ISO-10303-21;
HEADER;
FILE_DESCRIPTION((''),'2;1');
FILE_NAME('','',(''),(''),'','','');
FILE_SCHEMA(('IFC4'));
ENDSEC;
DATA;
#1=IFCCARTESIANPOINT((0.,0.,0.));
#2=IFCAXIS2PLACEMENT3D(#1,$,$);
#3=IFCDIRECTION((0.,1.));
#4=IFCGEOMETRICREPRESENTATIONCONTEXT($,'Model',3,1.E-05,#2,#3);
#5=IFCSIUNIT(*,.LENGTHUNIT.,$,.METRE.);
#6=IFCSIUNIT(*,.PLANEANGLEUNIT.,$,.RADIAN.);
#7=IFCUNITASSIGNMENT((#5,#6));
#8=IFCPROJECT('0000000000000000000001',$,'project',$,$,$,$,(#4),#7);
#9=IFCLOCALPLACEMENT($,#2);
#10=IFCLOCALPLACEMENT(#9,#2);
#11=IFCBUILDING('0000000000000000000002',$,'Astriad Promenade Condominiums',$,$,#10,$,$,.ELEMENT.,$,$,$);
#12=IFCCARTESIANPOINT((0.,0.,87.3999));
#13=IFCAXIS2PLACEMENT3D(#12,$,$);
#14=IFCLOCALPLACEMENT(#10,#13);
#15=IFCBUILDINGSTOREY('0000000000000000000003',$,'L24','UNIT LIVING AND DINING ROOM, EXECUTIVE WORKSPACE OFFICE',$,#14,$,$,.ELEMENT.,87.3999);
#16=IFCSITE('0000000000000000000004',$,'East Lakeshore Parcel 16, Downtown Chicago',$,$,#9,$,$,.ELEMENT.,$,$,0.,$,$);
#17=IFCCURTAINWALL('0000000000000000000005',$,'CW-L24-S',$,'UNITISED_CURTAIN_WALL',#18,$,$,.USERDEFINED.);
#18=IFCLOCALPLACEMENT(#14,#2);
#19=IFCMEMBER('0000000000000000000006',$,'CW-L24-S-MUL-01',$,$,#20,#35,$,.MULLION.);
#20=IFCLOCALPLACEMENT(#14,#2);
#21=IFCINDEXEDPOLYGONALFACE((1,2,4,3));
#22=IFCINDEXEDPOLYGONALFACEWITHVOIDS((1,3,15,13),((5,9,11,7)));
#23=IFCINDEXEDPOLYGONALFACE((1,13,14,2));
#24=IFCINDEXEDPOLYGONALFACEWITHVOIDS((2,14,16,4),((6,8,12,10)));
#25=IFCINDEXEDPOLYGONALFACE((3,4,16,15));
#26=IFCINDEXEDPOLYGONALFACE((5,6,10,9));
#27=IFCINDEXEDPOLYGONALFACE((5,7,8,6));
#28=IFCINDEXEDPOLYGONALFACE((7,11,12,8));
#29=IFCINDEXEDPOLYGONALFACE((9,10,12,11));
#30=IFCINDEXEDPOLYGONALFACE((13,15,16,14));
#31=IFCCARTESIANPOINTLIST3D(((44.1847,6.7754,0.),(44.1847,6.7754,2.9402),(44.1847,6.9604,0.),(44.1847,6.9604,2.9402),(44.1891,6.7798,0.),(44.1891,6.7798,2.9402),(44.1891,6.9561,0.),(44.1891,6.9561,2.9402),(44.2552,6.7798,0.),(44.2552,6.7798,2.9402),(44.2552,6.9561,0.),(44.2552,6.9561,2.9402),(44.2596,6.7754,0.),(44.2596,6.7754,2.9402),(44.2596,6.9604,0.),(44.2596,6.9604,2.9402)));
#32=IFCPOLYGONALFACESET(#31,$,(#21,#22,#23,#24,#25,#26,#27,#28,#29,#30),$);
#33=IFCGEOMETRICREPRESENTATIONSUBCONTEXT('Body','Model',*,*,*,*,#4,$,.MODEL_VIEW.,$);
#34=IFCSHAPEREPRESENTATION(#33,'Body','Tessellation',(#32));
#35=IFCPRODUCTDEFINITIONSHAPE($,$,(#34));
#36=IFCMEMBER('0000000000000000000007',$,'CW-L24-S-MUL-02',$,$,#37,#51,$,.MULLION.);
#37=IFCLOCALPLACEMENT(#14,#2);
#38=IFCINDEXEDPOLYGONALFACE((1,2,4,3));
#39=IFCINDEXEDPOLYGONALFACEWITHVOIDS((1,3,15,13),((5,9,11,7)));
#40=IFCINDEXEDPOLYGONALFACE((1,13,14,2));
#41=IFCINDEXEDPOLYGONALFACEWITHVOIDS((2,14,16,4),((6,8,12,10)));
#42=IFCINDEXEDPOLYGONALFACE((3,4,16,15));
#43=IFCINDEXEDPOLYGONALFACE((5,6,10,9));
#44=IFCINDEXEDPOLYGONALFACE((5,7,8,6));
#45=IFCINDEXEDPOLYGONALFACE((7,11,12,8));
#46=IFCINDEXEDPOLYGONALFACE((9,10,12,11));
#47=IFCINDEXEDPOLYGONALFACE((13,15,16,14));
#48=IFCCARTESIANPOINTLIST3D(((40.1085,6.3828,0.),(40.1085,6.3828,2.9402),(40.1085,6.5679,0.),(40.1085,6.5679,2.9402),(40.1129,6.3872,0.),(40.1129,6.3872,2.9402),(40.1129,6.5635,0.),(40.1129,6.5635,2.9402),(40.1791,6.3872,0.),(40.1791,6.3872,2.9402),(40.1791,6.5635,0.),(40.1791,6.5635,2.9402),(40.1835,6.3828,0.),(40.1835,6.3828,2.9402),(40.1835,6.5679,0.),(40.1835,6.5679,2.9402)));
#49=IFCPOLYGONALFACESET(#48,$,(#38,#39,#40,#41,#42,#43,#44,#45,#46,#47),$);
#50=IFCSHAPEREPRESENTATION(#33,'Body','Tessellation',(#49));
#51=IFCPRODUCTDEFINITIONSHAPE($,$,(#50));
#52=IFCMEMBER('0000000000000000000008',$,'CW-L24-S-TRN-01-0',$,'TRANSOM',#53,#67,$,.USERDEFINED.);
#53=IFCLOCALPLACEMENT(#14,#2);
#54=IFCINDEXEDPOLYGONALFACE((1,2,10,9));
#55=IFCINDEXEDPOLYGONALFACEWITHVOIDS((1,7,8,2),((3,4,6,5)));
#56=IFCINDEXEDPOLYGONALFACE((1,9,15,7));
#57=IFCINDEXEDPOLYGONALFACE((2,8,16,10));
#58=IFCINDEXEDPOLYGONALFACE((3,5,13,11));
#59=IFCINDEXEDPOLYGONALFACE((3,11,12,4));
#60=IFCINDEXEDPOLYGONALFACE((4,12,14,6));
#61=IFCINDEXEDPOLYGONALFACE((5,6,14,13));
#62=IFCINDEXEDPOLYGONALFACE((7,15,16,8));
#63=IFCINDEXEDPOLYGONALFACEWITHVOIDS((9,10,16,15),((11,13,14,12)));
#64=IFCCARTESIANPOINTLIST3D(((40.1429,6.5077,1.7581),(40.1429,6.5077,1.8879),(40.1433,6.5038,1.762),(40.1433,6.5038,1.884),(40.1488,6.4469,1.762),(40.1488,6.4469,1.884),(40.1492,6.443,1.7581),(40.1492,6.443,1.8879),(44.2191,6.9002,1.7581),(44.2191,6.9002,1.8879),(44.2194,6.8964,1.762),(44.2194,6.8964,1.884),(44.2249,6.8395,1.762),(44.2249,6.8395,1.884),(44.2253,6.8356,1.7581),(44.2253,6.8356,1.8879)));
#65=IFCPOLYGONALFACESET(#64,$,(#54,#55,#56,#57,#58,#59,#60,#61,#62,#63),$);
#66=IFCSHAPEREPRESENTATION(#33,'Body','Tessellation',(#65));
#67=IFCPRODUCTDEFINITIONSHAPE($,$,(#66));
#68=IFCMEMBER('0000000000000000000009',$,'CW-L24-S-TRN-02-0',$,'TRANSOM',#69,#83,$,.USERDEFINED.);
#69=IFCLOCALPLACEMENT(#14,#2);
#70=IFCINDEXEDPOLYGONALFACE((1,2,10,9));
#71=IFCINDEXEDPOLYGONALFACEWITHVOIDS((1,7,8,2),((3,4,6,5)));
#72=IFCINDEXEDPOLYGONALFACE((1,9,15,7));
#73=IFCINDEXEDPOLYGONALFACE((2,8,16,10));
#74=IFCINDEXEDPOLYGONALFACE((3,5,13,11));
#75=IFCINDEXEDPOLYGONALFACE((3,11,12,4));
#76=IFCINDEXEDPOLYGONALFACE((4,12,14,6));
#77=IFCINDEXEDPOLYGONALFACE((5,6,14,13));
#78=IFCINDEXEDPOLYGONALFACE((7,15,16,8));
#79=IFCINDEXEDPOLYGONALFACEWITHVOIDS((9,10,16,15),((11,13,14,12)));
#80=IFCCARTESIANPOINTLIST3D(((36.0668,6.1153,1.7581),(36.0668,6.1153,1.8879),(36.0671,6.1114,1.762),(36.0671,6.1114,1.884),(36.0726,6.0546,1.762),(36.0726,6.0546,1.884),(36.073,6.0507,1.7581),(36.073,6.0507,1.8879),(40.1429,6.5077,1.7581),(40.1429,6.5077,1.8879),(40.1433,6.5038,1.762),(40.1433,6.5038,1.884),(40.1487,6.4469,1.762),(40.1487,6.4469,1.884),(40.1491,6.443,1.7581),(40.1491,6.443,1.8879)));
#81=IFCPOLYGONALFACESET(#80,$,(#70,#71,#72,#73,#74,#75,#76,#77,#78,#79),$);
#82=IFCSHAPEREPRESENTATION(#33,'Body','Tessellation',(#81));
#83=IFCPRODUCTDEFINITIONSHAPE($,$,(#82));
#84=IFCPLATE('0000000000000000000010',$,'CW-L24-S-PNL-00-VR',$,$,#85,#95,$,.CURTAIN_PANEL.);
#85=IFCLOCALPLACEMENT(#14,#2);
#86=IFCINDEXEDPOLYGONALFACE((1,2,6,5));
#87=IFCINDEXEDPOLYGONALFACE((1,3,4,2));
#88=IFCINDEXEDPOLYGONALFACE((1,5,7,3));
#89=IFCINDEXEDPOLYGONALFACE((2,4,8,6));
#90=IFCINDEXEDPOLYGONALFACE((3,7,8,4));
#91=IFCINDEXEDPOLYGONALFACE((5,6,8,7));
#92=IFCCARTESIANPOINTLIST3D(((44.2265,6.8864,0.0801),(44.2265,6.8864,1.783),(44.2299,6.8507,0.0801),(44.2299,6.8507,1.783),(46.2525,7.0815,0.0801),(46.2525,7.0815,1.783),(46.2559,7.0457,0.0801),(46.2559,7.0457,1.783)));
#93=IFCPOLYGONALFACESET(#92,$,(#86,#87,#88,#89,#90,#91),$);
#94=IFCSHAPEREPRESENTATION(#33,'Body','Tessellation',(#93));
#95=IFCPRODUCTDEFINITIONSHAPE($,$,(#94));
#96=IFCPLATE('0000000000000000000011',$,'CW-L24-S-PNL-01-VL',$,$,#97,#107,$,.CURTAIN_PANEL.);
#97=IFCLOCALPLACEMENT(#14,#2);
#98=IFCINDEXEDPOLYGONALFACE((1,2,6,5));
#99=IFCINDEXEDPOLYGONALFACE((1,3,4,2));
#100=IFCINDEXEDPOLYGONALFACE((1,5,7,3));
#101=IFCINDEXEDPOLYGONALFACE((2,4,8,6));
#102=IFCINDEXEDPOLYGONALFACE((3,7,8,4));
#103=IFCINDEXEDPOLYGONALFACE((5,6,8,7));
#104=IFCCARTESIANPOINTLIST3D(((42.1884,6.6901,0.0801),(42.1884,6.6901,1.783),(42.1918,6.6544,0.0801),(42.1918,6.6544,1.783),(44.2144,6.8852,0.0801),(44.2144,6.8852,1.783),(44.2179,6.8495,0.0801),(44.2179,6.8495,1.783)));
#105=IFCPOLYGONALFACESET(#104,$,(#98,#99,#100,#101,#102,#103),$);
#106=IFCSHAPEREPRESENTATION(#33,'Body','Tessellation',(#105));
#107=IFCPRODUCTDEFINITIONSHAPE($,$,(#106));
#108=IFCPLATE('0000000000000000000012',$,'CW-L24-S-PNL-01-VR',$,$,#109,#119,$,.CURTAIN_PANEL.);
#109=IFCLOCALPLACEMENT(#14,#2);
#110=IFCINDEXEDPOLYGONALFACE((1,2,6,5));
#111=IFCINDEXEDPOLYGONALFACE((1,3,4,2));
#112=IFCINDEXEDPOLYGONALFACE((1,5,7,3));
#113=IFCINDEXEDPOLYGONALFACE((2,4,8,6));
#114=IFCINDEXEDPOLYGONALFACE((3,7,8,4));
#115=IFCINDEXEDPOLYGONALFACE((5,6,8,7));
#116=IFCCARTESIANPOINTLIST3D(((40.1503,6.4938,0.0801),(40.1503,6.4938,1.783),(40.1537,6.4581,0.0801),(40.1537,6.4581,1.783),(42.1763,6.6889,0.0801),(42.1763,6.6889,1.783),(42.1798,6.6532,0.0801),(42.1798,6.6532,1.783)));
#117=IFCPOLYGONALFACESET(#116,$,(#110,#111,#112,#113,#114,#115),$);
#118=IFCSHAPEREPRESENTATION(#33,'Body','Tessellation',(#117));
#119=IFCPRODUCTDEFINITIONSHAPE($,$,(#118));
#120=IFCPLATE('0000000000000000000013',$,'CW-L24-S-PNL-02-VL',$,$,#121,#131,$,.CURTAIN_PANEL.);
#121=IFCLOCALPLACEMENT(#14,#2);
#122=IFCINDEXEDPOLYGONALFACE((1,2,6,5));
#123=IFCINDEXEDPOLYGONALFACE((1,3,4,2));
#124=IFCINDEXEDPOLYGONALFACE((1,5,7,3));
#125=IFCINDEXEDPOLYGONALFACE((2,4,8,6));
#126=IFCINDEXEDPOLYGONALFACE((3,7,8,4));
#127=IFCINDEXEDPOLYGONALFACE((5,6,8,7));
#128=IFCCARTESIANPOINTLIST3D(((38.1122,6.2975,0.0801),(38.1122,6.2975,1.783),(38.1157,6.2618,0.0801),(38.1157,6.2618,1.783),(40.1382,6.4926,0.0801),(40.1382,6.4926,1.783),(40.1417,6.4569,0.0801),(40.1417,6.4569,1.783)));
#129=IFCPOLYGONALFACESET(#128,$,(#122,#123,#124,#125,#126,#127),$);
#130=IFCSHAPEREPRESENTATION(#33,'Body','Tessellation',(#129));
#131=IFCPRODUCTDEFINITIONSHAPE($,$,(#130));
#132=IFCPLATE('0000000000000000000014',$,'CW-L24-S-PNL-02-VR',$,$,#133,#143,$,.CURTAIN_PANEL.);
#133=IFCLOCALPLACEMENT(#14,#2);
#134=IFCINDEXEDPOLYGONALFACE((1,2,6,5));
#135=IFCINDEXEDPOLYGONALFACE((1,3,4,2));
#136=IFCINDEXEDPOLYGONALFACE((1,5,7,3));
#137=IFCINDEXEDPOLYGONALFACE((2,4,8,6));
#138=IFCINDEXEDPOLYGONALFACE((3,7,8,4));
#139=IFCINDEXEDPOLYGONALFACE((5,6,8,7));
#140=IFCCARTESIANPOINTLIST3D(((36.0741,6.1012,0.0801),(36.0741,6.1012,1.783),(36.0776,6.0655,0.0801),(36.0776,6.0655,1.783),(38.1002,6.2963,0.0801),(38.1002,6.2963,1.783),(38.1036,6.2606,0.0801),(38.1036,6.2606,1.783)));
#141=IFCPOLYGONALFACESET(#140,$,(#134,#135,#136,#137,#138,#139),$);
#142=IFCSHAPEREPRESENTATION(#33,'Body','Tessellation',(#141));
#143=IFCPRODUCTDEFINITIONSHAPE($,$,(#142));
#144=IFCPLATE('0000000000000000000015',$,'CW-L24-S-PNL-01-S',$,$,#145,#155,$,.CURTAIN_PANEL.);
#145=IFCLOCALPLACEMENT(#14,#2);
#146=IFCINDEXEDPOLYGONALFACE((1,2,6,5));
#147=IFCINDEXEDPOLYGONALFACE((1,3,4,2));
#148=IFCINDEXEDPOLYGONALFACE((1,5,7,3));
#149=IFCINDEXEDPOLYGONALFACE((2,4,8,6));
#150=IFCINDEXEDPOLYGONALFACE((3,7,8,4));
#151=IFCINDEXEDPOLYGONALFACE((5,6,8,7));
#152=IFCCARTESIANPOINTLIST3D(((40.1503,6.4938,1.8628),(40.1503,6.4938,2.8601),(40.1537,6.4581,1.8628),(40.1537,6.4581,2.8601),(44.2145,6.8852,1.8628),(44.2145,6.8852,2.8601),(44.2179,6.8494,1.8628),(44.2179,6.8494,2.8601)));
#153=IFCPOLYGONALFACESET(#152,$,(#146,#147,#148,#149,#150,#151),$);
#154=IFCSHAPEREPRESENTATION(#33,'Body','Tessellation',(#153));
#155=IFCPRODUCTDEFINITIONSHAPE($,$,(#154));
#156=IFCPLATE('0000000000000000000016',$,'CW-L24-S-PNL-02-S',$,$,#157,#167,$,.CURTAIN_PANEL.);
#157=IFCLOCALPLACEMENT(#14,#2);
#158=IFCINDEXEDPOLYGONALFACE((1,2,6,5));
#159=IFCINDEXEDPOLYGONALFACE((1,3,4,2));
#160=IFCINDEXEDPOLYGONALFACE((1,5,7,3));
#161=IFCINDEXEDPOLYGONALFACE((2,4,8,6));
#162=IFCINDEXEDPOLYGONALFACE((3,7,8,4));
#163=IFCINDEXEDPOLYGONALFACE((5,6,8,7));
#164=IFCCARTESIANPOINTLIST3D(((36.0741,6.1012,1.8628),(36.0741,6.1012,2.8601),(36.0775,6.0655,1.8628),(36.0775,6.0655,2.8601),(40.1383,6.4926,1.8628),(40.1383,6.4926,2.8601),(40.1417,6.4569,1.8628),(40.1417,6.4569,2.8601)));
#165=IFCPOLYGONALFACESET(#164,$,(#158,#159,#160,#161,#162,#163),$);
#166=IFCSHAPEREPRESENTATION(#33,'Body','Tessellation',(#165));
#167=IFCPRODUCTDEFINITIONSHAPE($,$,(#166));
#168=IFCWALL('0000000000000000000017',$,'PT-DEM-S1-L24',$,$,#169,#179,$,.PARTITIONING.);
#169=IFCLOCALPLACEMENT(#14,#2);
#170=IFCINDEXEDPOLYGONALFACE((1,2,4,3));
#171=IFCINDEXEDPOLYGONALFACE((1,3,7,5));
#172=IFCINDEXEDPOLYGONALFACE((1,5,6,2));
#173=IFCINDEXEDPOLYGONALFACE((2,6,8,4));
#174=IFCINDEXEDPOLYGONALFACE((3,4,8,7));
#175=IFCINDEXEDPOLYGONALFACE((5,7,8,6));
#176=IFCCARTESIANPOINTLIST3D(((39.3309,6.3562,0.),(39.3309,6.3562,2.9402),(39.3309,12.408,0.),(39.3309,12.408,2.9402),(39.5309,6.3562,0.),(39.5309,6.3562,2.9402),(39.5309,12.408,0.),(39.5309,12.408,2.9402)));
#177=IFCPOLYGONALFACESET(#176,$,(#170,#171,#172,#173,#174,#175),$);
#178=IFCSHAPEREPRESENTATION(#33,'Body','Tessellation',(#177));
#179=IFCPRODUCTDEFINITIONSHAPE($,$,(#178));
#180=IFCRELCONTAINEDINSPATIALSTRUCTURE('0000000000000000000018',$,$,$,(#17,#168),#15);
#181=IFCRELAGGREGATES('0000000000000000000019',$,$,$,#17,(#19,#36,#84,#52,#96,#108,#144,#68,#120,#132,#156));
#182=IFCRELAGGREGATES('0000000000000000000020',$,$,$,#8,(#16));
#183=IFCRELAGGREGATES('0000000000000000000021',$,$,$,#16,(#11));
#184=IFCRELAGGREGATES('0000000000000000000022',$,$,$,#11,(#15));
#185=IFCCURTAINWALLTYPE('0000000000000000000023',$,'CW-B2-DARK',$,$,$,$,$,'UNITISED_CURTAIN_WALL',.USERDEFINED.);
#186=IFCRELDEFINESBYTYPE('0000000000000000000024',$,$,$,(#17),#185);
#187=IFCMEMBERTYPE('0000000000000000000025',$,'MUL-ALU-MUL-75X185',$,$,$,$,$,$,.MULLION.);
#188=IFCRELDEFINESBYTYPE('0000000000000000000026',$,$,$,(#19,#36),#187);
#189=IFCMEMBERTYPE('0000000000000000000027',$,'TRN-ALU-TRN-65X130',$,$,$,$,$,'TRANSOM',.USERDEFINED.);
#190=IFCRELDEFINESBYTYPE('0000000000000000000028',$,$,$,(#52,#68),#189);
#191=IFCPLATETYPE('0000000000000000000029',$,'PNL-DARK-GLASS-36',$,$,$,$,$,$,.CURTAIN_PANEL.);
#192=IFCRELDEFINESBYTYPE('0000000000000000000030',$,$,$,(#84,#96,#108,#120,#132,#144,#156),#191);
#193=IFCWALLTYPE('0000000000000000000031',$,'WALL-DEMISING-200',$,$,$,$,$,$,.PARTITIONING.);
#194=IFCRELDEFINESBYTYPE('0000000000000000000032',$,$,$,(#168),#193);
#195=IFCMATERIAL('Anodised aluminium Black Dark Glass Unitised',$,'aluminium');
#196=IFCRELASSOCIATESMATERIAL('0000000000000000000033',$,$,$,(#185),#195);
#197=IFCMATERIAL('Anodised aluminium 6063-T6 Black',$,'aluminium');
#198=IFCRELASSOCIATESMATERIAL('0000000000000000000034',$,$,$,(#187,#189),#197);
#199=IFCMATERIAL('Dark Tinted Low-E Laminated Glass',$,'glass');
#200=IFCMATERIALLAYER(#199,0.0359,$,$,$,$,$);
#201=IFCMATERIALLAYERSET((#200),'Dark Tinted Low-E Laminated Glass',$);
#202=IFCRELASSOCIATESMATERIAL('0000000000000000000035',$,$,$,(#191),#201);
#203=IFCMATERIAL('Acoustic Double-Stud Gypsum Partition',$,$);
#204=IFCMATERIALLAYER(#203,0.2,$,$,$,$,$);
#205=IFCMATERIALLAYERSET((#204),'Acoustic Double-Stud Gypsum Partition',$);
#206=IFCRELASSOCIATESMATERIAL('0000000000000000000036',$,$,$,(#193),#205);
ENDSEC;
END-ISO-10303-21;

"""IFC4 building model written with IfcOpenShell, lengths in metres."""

from ifc_helpers import new_model, si_unit, direction, frame, frame_2d, origin, origin_2d, place, context, subcontext, project, spatial, rectangle, hollow_rectangle, extrude, source, transform, mapped, material, layer, layer_set, material_profile, profile_set, type_object, type_shapes, element, aggregate, save


model = new_model("IFC4")

# Units and contexts
model_context = context("Model", 3, precision=1e-05, world=origin(), true_north=direction((0.0, 1.0)))
body_context = subcontext(model_context, "Body", "Model", "MODEL_VIEW")
ifc_project = project(units=[si_unit("LENGTHUNIT", "METRE"), si_unit("PLANEANGLEUNIT", "RADIAN")], contexts=[model_context])

# Site, building, storey
site_placement = place(None, origin())
site = spatial("IfcSite", under=ifc_project, at=site_placement, Name="East Lakeshore Parcel 16, Downtown Chicago", CompositionType="ELEMENT", RefElevation=0.0)
building_placement = place(site_placement, origin())
building = spatial("IfcBuilding", under=site, at=building_placement, Name="Astriad Promenade Condominiums", CompositionType="ELEMENT")
storey_placement = place(building_placement, frame((0.0, 0.0, 87.3999)))
storey = spatial("IfcBuildingStorey", under=building, at=storey_placement, Name="L24", Description="UNIT LIVING AND DINING ROOM, EXECUTIVE WORKSPACE OFFICE", CompositionType="ELEMENT", Elevation=87.3999)

# Curtain wall, members, plates
ifc_material_1 = material(Name="Anodised aluminium Black Dark Glass Unitised", Category="aluminium")
curtain_wall_type = type_object("IfcCurtainWallType", Name="CW-B2-DARK", ElementType="UNITISED_CURTAIN_WALL", PredefinedType="USERDEFINED", material=ifc_material_1)
curtain_wall_placement = place(storey_placement, origin())
curtain_wall = element("IfcCurtainWall", 1, at=curtain_wall_placement, inside=storey, type_object=curtain_wall_type, Name="CW-L24-S", ObjectType="UNITISED_CURTAIN_WALL", PredefinedType="USERDEFINED")
ifc_material_2 = material(Name="Anodised aluminium 6063-T6 Black", Category="aluminium")
ifc_material_profile_1 = material_profile(ifc_material_2, hollow_rectangle(XDim=0.075, YDim=0.1851, WallThickness=0.0044, at=origin_2d()), Name="ALU-MUL-75X185")
ifc_profile_set_1 = profile_set([ifc_material_profile_1], Name="Anodised aluminium 6063-T6 Black")
member_type_1 = type_object("IfcMemberType", Name="MUL-ALU-MUL-75X185", PredefinedType="MULLION", material=ifc_profile_set_1)
shared_shape_1 = source(origin(), body_context, "Body", "SweptSolid", [
    extrude(hollow_rectangle(XDim=0.075, YDim=0.1851, WallThickness=0.0044, at=origin_2d()), origin(), (0.0, 0.0, 1.0), 2.9402),
])
type_shapes(member_type_1, [shared_shape_1])
member_1_placement = place(storey_placement, frame((44.2222, 6.8679, 0.0), z_axis=(0.0, 0.0, 1.0), x_axis=(1.0, 0.0, 0.0)))
member_1 = element("IfcMember", 2, at=member_1_placement, type_object=member_type_1, Name="CW-L24-S-MUL-01", PredefinedType="MULLION", context=body_context, shape_type="MappedRepresentation", body=[
    mapped(shared_shape_1, transform((0.0, 0.0, 0.0), scale=1.0)),
])
member_2_placement = place(storey_placement, frame((40.146, 6.4753, 0.0), z_axis=(0.0, 0.0, 1.0), x_axis=(1.0, 0.0, 0.0)))
member_2 = element("IfcMember", 3, at=member_2_placement, type_object=member_type_1, Name="CW-L24-S-MUL-02", PredefinedType="MULLION", context=body_context, shape_type="MappedRepresentation", body=[
    mapped(shared_shape_1, transform((0.0, 0.0, 0.0), scale=1.0)),
])
ifc_material_profile_2 = material_profile(ifc_material_2, hollow_rectangle(XDim=0.0649, YDim=0.1299, WallThickness=0.0039, at=origin_2d()), Name="ALU-TRN-65X130")
ifc_profile_set_2 = profile_set([ifc_material_profile_2], Name="Anodised aluminium 6063-T6 Black")
member_type_2 = type_object("IfcMemberType", Name="TRN-ALU-TRN-65X130", ElementType="TRANSOM", PredefinedType="USERDEFINED", material=ifc_profile_set_2)
shared_shape_2 = source(origin(), body_context, "Body", "SweptSolid", [
    extrude(hollow_rectangle(XDim=0.0649, YDim=0.1299, WallThickness=0.0039, at=origin_2d()), origin(), (0.0, 0.0, 1.0), 4.095),
])
type_shapes(member_type_2, [shared_shape_2])
member_3_placement = place(storey_placement, frame((44.2222, 6.8679, 1.823), z_axis=(-0.995394, -0.095867, 0.0), x_axis=(0.095867, -0.995394, 0.0)))
member_3 = element("IfcMember", 4, at=member_3_placement, type_object=member_type_2, Name="CW-L24-S-TRN-01-0", ObjectType="TRANSOM", PredefinedType="USERDEFINED", context=body_context, shape_type="MappedRepresentation", body=[
    mapped(shared_shape_2, transform((0.0, 0.0, 0.0), scale=1.0)),
])
member_4_placement = place(storey_placement, frame((40.146, 6.4753, 1.823), z_axis=(-0.9954, -0.095808, 0.0), x_axis=(0.095808, -0.9954, 0.0)))
member_4 = element("IfcMember", 5, at=member_4_placement, type_object=member_type_2, Name="CW-L24-S-TRN-02-0", ObjectType="TRANSOM", PredefinedType="USERDEFINED", context=body_context, shape_type="MappedRepresentation", body=[
    mapped(shared_shape_2, transform((0.0, 0.0, 0.0), scale=1.0)),
])
ifc_material_3 = material(Name="Dark Tinted Low-E Laminated Glass", Category="glass")
ifc_layer_1 = layer(ifc_material_3, 0.0359)
ifc_layer_set_1 = layer_set([ifc_layer_1], Name="Dark Tinted Low-E Laminated Glass")
plate_type = type_object("IfcPlateType", Name="PNL-DARK-GLASS-36", PredefinedType="CURTAIN_PANEL", material=ifc_layer_set_1)
shared_shape_3 = source(origin(), body_context, "Body", "SweptSolid", [
    extrude(rectangle(XDim=2.0354, YDim=0.0359, at=origin_2d()), origin(), (0.0, 0.0, 1.0), 1.7029),
])
plate_1_placement = place(storey_placement, frame((45.2412, 6.9661, 0.0801), z_axis=(0.0, 0.0, 1.0), x_axis=(-0.995396, -0.095846, 0.0)))
plate_1 = element("IfcPlate", 6, at=plate_1_placement, type_object=plate_type, Name="CW-L24-S-PNL-00-VR", PredefinedType="CURTAIN_PANEL", context=body_context, shape_type="MappedRepresentation", body=[
    mapped(shared_shape_3, transform((0.0, 0.0, 0.0), scale=1.0)),
])
plate_2_placement = place(storey_placement, frame((43.2031, 6.7698, 0.0801), z_axis=(0.0, 0.0, 1.0), x_axis=(-0.995396, -0.095846, 0.0)))
plate_2 = element("IfcPlate", 7, at=plate_2_placement, type_object=plate_type, Name="CW-L24-S-PNL-01-VL", PredefinedType="CURTAIN_PANEL", context=body_context, shape_type="MappedRepresentation", body=[
    mapped(shared_shape_3, transform((0.0, 0.0, 0.0), scale=1.0)),
])
plate_3_placement = place(storey_placement, frame((41.165, 6.5735, 0.0801), z_axis=(0.0, 0.0, 1.0), x_axis=(-0.995396, -0.095846, 0.0)))
plate_3 = element("IfcPlate", 8, at=plate_3_placement, type_object=plate_type, Name="CW-L24-S-PNL-01-VR", PredefinedType="CURTAIN_PANEL", context=body_context, shape_type="MappedRepresentation", body=[
    mapped(shared_shape_3, transform((0.0, 0.0, 0.0), scale=1.0)),
])
plate_4_placement = place(storey_placement, frame((39.127, 6.3772, 0.0801), z_axis=(0.0, 0.0, 1.0), x_axis=(-0.995396, -0.095846, 0.0)))
plate_4 = element("IfcPlate", 9, at=plate_4_placement, type_object=plate_type, Name="CW-L24-S-PNL-02-VL", PredefinedType="CURTAIN_PANEL", context=body_context, shape_type="MappedRepresentation", body=[
    mapped(shared_shape_3, transform((0.0, 0.0, 0.0), scale=1.0)),
])
plate_5_placement = place(storey_placement, frame((37.0889, 6.1809, 0.0801), z_axis=(0.0, 0.0, 1.0), x_axis=(-0.995396, -0.095846, 0.0)))
plate_5 = element("IfcPlate", 10, at=plate_5_placement, type_object=plate_type, Name="CW-L24-S-PNL-02-VR", PredefinedType="CURTAIN_PANEL", context=body_context, shape_type="MappedRepresentation", body=[
    mapped(shared_shape_3, transform((0.0, 0.0, 0.0), scale=1.0)),
])
shared_shape_4 = source(origin(), body_context, "Body", "SweptSolid", [
    extrude(rectangle(XDim=4.083, YDim=0.0359, at=origin_2d()), origin(), (0.0, 0.0, 1.0), 0.9973),
])
type_shapes(plate_type, [shared_shape_3, shared_shape_4])
plate_6_placement = place(storey_placement, frame((42.1841, 6.6716, 1.8628), z_axis=(0.0, 0.0, 1.0), x_axis=(-0.995396, -0.095846, 0.0)))
plate_6 = element("IfcPlate", 11, at=plate_6_placement, type_object=plate_type, Name="CW-L24-S-PNL-01-S", PredefinedType="CURTAIN_PANEL", context=body_context, shape_type="MappedRepresentation", body=[
    mapped(shared_shape_4, transform((0.0, 0.0, 0.0), scale=1.0)),
])
plate_7_placement = place(storey_placement, frame((38.1079, 6.2791, 1.8628), z_axis=(0.0, 0.0, 1.0), x_axis=(-0.995396, -0.095846, 0.0)))
plate_7 = element("IfcPlate", 12, at=plate_7_placement, type_object=plate_type, Name="CW-L24-S-PNL-02-S", PredefinedType="CURTAIN_PANEL", context=body_context, shape_type="MappedRepresentation", body=[
    mapped(shared_shape_4, transform((0.0, 0.0, 0.0), scale=1.0)),
])
aggregate(curtain_wall, [member_1, member_2, plate_1, member_3, plate_2, plate_3, plate_6, member_4, plate_4, plate_5, plate_7])

# Wall
ifc_material_4 = material(Name="Acoustic Double-Stud Gypsum Partition")
ifc_layer_2 = layer(ifc_material_4, 0.2)
ifc_layer_set_2 = layer_set([ifc_layer_2], Name="Acoustic Double-Stud Gypsum Partition")
wall_type_1 = type_object("IfcWallType", Name="WALL-DEMISING-200", PredefinedType="PARTITIONING", material=ifc_layer_set_2)
wall_1_placement = place(storey_placement, frame((39.4309, 6.3562, 0.0), z_axis=(0.0, 0.0, 1.0), x_axis=(0.0, 1.0, 0.0)))
element("IfcWall", 13, at=wall_1_placement, inside=storey, type_object=wall_type_1, Name="PT-DEM-S1-L24", PredefinedType="PARTITIONING", context=body_context, shape_type="SweptSolid", body=[
    extrude(rectangle(XDim=6.0518, YDim=0.2, at=frame_2d((3.0259, 0.0))), origin(), (0.0, 0.0, 1.0), 2.9402),
])

save(model, "model.ifc")
